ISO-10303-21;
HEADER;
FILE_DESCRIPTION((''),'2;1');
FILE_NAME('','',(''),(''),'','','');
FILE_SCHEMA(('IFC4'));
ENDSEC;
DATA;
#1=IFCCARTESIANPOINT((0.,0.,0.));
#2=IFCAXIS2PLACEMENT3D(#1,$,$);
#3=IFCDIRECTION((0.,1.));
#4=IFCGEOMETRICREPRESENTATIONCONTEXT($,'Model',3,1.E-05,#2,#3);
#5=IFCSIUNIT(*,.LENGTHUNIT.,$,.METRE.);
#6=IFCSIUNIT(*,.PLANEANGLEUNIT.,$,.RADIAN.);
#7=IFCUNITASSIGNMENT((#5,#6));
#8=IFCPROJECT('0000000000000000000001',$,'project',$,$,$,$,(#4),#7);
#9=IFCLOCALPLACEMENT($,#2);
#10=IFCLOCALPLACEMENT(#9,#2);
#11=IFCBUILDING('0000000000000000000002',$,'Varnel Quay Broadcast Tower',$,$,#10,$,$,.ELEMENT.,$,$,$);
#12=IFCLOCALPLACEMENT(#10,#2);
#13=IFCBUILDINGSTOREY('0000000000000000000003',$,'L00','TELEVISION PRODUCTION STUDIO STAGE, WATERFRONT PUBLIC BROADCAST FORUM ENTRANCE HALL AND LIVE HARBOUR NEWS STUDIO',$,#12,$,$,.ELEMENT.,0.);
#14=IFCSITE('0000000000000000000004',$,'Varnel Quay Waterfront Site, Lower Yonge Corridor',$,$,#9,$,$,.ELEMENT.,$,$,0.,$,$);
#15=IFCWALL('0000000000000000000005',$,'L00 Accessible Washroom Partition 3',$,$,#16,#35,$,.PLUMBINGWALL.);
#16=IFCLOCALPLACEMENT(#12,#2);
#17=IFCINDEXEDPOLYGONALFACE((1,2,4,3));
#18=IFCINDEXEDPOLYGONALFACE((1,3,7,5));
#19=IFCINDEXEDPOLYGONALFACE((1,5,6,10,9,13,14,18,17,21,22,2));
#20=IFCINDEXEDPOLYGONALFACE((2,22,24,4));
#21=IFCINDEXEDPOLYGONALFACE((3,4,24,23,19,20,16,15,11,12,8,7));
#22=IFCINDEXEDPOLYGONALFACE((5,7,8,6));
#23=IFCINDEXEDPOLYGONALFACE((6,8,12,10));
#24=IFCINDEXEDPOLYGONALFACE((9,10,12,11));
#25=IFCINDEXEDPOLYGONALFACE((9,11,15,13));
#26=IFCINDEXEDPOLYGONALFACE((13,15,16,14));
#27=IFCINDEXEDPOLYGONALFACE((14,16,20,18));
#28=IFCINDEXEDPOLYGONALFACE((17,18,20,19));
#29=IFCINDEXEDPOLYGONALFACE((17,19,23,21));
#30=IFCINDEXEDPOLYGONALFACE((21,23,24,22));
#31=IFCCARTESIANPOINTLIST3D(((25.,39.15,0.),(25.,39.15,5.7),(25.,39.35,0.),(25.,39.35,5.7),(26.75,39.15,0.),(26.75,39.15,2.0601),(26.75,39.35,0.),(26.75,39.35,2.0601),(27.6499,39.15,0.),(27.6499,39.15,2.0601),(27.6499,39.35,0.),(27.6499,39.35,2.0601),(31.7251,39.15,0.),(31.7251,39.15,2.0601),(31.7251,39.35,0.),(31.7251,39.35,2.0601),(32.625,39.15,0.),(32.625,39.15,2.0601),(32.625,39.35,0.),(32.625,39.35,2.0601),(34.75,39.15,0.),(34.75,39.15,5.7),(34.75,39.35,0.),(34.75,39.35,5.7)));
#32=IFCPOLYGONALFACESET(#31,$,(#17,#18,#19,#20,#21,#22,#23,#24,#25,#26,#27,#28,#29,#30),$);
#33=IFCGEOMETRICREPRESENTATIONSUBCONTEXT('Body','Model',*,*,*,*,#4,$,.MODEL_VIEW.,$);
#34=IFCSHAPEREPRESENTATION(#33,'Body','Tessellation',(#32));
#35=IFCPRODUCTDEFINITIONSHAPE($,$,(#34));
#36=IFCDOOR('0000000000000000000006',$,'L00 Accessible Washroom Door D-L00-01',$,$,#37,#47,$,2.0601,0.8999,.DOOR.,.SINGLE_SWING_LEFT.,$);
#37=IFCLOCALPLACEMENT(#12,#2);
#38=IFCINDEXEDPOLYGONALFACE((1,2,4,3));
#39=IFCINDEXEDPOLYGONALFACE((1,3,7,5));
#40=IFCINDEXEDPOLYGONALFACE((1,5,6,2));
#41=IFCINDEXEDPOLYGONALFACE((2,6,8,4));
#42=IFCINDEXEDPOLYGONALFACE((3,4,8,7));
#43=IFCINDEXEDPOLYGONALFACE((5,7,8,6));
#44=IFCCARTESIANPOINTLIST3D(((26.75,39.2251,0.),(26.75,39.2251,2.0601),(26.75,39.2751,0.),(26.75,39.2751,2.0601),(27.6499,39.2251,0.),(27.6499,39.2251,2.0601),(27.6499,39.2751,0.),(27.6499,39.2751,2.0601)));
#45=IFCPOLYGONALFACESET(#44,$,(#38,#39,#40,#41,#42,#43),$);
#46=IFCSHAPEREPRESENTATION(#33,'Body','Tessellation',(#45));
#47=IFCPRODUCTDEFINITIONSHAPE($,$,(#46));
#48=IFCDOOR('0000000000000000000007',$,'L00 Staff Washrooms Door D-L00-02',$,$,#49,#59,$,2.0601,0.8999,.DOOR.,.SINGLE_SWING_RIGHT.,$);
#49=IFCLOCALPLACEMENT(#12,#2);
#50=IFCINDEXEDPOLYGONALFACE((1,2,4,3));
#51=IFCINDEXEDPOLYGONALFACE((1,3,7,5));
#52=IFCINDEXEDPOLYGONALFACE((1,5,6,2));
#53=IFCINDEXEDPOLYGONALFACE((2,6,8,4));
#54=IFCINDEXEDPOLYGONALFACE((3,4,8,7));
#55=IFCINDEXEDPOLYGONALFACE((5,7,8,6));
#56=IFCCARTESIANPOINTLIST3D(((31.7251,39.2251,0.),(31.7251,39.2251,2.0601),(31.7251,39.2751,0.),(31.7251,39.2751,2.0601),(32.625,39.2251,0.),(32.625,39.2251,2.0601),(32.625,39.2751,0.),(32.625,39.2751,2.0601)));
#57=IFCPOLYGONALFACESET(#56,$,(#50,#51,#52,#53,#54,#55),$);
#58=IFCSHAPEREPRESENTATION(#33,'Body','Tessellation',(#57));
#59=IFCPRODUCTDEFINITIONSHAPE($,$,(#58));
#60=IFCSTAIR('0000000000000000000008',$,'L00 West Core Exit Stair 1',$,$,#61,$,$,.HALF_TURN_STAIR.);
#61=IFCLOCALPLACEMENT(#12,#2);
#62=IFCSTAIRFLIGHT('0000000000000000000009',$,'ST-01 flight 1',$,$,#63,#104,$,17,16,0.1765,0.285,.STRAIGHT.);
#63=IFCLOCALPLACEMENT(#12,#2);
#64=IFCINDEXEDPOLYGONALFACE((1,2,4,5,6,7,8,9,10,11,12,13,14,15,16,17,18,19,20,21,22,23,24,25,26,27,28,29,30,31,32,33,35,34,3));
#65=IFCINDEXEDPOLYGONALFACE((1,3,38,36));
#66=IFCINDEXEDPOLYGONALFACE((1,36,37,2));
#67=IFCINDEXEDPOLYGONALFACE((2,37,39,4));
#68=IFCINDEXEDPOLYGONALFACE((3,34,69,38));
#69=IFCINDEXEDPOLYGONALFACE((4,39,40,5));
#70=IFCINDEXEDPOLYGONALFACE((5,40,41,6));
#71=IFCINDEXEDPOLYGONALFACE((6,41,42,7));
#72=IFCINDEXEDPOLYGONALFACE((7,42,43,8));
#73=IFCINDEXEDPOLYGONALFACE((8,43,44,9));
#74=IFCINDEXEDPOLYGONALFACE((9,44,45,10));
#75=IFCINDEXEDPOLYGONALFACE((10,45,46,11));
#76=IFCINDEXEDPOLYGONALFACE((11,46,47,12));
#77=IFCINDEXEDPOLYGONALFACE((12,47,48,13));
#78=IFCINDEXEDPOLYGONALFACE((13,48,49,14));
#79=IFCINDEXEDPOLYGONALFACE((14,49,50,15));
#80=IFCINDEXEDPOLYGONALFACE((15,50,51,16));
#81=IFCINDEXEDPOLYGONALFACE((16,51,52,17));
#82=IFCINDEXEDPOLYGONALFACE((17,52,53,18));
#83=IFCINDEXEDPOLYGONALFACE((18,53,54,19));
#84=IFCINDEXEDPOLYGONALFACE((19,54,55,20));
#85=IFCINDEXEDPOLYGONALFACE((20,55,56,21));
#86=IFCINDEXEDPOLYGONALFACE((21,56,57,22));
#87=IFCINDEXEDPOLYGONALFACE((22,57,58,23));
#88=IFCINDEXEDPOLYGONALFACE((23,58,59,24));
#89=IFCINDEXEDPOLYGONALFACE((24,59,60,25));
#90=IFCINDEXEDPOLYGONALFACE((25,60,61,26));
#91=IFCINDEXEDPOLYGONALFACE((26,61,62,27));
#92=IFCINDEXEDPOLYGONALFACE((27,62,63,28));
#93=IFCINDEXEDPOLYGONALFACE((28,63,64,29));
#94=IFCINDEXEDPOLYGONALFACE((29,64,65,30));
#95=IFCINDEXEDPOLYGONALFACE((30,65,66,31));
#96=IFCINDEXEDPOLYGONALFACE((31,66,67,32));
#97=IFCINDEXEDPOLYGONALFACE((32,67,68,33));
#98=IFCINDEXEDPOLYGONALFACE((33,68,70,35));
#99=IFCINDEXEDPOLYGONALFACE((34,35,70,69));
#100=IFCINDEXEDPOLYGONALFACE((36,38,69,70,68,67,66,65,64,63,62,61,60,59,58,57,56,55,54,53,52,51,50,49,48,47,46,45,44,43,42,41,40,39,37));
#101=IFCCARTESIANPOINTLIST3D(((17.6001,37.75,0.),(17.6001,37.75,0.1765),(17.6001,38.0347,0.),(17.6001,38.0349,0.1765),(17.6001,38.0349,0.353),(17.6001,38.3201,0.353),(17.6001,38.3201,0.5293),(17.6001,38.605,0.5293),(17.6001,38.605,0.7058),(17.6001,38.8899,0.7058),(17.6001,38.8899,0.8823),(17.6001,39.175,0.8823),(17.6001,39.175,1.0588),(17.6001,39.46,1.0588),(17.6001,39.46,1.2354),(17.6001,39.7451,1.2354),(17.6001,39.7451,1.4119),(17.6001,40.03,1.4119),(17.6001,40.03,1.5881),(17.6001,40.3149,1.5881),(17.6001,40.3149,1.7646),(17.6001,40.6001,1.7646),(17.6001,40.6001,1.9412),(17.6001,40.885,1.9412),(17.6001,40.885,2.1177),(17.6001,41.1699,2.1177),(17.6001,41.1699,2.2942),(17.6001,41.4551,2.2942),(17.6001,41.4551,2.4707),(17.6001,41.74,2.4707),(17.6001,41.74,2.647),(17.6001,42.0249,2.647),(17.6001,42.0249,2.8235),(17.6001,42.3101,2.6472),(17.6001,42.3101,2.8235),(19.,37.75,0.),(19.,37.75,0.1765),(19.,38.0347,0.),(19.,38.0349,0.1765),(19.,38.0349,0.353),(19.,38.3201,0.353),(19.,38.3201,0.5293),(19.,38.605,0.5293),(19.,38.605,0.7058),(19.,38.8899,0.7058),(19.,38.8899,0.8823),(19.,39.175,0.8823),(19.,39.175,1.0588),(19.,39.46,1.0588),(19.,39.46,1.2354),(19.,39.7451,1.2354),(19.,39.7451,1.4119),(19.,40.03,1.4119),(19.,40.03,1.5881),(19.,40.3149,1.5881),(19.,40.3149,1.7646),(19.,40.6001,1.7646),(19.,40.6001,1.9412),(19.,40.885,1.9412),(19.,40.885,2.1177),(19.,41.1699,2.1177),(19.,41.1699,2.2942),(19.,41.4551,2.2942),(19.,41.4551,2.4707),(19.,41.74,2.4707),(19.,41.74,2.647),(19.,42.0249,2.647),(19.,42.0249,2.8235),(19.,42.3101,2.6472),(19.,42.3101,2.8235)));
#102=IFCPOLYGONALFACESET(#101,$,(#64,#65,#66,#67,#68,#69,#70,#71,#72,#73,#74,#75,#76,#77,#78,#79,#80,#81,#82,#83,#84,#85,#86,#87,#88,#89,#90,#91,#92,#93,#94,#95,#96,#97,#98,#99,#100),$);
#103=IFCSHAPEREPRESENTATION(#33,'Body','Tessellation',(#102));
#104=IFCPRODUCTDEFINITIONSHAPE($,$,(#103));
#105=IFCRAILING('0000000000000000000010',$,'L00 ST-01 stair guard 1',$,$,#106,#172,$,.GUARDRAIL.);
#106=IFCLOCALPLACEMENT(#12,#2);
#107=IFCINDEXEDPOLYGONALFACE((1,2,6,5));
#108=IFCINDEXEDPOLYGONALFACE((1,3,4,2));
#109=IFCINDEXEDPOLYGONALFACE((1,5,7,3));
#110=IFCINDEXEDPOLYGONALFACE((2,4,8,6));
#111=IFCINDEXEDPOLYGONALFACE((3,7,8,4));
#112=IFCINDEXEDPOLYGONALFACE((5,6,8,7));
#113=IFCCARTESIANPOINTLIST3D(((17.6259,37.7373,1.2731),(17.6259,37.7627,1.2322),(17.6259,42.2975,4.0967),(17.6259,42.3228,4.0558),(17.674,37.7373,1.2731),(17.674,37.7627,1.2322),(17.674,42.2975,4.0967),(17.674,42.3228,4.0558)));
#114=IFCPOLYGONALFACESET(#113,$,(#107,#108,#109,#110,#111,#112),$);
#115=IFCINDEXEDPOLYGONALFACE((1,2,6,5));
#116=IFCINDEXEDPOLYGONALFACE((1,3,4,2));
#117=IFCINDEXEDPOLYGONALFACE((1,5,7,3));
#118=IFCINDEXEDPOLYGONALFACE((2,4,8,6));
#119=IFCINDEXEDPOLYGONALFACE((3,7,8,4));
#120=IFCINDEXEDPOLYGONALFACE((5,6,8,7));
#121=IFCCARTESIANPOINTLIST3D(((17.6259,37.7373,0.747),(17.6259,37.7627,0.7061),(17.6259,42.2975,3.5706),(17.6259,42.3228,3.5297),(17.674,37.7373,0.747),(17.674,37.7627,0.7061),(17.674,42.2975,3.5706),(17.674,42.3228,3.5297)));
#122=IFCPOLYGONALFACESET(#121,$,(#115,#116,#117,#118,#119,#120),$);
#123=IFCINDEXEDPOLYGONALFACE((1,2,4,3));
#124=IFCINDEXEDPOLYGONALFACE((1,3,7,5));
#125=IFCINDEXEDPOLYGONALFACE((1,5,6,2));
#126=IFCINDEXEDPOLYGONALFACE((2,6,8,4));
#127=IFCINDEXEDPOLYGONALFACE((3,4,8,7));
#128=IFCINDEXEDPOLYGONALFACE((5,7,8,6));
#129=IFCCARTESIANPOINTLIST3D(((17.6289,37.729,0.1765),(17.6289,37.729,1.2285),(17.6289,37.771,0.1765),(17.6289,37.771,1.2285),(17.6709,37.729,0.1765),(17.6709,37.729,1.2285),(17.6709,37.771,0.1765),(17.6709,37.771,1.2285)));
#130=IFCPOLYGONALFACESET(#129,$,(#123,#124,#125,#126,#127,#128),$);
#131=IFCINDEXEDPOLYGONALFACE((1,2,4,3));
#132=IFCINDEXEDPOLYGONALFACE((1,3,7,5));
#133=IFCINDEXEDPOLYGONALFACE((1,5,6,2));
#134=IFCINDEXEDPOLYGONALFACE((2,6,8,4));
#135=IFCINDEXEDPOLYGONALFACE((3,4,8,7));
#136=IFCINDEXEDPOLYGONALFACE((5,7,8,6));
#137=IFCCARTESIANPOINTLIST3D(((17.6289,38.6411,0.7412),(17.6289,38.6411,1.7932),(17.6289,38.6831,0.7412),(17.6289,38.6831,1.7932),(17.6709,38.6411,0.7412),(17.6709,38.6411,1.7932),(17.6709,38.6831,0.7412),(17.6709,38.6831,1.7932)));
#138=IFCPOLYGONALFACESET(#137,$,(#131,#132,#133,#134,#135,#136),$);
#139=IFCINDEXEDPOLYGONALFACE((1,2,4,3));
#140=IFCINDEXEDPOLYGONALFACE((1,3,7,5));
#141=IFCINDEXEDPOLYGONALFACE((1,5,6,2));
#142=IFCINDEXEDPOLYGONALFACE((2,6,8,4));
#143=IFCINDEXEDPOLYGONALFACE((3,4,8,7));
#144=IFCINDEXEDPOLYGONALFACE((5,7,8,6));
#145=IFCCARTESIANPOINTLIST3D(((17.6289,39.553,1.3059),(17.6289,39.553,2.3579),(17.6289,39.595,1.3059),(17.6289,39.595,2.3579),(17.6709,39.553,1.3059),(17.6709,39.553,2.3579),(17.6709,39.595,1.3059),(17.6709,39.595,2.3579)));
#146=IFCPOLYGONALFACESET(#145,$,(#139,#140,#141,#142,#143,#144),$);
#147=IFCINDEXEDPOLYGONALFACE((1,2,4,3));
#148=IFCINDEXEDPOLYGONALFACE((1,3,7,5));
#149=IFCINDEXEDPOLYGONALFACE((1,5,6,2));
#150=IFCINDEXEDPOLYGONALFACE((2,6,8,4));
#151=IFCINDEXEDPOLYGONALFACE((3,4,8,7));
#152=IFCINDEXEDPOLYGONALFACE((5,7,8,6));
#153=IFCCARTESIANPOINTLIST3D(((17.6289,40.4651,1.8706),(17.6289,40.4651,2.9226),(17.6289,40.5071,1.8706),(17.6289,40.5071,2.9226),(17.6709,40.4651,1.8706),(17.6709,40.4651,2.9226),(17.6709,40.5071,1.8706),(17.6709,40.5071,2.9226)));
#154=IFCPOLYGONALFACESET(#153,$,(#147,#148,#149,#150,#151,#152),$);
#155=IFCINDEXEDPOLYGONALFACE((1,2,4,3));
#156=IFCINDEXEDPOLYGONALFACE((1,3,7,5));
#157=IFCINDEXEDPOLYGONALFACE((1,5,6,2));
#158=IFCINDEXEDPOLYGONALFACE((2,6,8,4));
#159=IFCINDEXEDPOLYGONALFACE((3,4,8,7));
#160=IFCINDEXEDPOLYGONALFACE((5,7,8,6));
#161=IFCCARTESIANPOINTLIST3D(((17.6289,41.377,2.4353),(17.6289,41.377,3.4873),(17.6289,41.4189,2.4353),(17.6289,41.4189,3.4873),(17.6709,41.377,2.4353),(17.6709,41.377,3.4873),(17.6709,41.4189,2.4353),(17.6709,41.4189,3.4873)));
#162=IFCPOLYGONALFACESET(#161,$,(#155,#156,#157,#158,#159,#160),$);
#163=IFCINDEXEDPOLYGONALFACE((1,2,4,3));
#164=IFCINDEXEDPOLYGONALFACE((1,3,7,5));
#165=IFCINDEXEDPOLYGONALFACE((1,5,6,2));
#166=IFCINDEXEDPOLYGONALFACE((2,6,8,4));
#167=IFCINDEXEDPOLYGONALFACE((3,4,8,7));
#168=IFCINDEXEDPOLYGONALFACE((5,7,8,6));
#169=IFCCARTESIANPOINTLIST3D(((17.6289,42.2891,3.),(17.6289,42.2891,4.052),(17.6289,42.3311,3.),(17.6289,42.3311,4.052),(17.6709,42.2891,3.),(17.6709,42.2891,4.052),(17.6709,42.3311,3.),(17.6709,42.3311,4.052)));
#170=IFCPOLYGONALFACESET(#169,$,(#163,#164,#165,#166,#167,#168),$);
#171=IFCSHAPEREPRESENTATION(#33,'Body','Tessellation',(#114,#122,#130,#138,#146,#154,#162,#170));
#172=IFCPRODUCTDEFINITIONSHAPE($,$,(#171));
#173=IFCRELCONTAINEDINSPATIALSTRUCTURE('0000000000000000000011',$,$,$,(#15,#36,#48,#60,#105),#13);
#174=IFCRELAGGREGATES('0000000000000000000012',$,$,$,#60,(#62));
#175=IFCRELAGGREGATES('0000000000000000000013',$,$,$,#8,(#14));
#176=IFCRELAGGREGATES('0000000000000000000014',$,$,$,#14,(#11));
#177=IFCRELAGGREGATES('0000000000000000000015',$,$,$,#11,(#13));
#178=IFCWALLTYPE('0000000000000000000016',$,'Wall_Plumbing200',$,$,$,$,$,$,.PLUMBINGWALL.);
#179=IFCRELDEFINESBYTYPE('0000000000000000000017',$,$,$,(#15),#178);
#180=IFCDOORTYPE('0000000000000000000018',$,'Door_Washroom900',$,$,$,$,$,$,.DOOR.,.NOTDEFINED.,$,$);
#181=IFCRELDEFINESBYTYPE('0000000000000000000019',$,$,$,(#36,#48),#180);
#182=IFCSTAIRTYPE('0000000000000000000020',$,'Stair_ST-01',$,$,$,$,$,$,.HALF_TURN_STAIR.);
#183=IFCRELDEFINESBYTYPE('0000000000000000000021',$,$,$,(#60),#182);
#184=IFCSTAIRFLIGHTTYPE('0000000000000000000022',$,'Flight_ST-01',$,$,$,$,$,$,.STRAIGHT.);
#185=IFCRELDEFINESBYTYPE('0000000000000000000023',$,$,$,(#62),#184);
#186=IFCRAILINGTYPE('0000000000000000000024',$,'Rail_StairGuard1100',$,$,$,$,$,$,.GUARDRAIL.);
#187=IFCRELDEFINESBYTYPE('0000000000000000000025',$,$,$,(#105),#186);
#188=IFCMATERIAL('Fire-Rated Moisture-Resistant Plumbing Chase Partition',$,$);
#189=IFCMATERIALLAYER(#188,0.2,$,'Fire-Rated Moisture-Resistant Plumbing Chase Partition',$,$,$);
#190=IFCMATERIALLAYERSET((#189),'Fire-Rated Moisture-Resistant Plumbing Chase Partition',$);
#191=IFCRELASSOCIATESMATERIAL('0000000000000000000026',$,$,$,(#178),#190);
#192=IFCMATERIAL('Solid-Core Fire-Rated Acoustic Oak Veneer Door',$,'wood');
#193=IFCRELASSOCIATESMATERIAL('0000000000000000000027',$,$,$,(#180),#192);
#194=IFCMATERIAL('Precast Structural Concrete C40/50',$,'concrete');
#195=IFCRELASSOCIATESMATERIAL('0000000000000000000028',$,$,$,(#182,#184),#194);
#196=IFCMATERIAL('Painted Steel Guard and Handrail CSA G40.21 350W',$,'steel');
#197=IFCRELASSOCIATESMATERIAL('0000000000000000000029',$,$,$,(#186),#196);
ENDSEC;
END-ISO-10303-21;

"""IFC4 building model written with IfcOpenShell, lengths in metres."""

from ifc_helpers import new_model, si_unit, direction, frame, frame_2d, origin, origin_2d, place, context, subcontext, project, spatial, polyline, rectangle, outline, extrude, source, transform, mapped, material, layer, layer_set, type_object, type_shapes, element, fill, aggregate, save


model = new_model("IFC4")

# Units and contexts
model_context = context("Model", 3, precision=1e-05, world=origin(), true_north=direction((0.0, 1.0)))
body_context = subcontext(model_context, "Body", "Model", "MODEL_VIEW")
ifc_project = project(units=[si_unit("LENGTHUNIT", "METRE"), si_unit("PLANEANGLEUNIT", "RADIAN")], contexts=[model_context])

# Site, building, storey
site_placement = place(None, origin())
site = spatial("IfcSite", under=ifc_project, at=site_placement, Name="Varnel Quay Waterfront Site, Lower Yonge Corridor", CompositionType="ELEMENT", RefElevation=0.0)
building_placement = place(site_placement, origin())
building = spatial("IfcBuilding", under=site, at=building_placement, Name="Varnel Quay Broadcast Tower", CompositionType="ELEMENT")
storey_placement = place(building_placement, origin())
storey = spatial("IfcBuildingStorey", under=building, at=storey_placement, Name="L00", Description="TELEVISION PRODUCTION STUDIO STAGE, WATERFRONT PUBLIC BROADCAST FORUM ENTRANCE HALL AND LIVE HARBOUR NEWS STUDIO", CompositionType="ELEMENT", Elevation=0.0)

# Shared definitions
ifc_material_1 = material(Name="Fire-Rated Moisture-Resistant Plumbing Chase Partition")
ifc_layer_1 = layer(ifc_material_1, 0.2, Name="Fire-Rated Moisture-Resistant Plumbing Chase Partition")
ifc_layer_set_1 = layer_set([ifc_layer_1], Name="Fire-Rated Moisture-Resistant Plumbing Chase Partition")
wall_type_1 = type_object("IfcWallType", Name="Wall_Plumbing200", PredefinedType="PLUMBINGWALL", material=ifc_layer_set_1)

# Wall, openings, doors
wall_1_placement = place(storey_placement, frame((25.0, 39.25, 0.0), z_axis=(0.0, 0.0, 1.0), x_axis=(1.0, 0.0, 0.0)))
wall_1 = element("IfcWall", 1, at=wall_1_placement, inside=storey, type_object=wall_type_1, Name="L00 Accessible Washroom Partition 3", PredefinedType="PLUMBINGWALL", context=body_context, shape_type="SweptSolid", body=[
    extrude(rectangle(XDim=9.75, YDim=0.2, at=frame_2d((4.875, 0.0))), origin(), (0.0, 0.0, 1.0), 5.7),
])
opening_1_placement = place(wall_1_placement, frame((1.75, 0.0, 0.0)))
opening_1 = element("IfcOpeningElement", 2, at=opening_1_placement, cuts=wall_1, PredefinedType="OPENING", context=body_context, shape_type="SweptSolid", body=[
    extrude(rectangle(XDim=0.8999, YDim=2.0601, at=frame_2d((0.45, 1.03))), frame((0.0, 0.1099, 0.0), z_axis=(0.0, -1.0, 0.0), x_axis=(1.0, 0.0, 0.0)), (0.0, 0.0, 1.0), 0.22),
])
opening_2_placement = place(wall_1_placement, frame((6.7251, 0.0, 0.0)))
opening_2 = element("IfcOpeningElement", 3, at=opening_2_placement, cuts=wall_1, PredefinedType="OPENING", context=body_context, shape_type="SweptSolid", body=[
    extrude(rectangle(XDim=0.8999, YDim=2.0601, at=frame_2d((0.45, 1.03))), frame((0.0, 0.1099, 0.0), z_axis=(0.0, -1.0, 0.0), x_axis=(1.0, 0.0, 0.0)), (0.0, 0.0, 1.0), 0.22),
])
ifc_material_2 = material(Name="Solid-Core Fire-Rated Acoustic Oak Veneer Door", Category="wood")
door_type_1 = type_object("IfcDoorType", Name="Door_Washroom900", OperationType="NOTDEFINED", PredefinedType="DOOR", material=ifc_material_2)
shared_shape_1 = source(origin(), body_context, "Body", "SweptSolid", [
    extrude(rectangle(XDim=0.8999, YDim=2.0601, at=frame_2d((0.45, 1.03))), frame((0.0, 0.0249, 0.0), z_axis=(0.0, -1.0, 0.0), x_axis=(1.0, 0.0, 0.0)), (0.0, 0.0, 1.0), 0.05),
])
type_shapes(door_type_1, [shared_shape_1])
door_1_placement = place(opening_1_placement, frame((0.8999, 0.0, 0.0), z_axis=(0.0, 0.0, 1.0), x_axis=(-1.0, 0.0, 0.0)))
door_1 = element("IfcDoor", 4, at=door_1_placement, inside=storey, type_object=door_type_1, Name="L00 Accessible Washroom Door D-L00-01", OperationType="SINGLE_SWING_LEFT", OverallHeight=2.0601, OverallWidth=0.8999, PredefinedType="DOOR", context=body_context, shape_type="MappedRepresentation", body=[
    mapped(shared_shape_1, transform((0.0, 0.0, 0.0), x_axis=(1.0, 0.0, 0.0), y_axis=(0.0, 1.0, 0.0), z_axis=(0.0, 0.0, 1.0), scale=1.0)),
])
fill(opening_1, door_1)
door_2_placement = place(opening_2_placement, frame((0.8999, 0.0, 0.0), z_axis=(0.0, 0.0, 1.0), x_axis=(-1.0, 0.0, 0.0)))
door_2 = element("IfcDoor", 5, at=door_2_placement, inside=storey, type_object=door_type_1, Name="L00 Staff Washrooms Door D-L00-02", OperationType="SINGLE_SWING_RIGHT", OverallHeight=2.0601, OverallWidth=0.8999, PredefinedType="DOOR", context=body_context, shape_type="MappedRepresentation", body=[
    mapped(shared_shape_1, transform((0.0, 0.0, 0.0), x_axis=(1.0, 0.0, 0.0), y_axis=(0.0, 1.0, 0.0), z_axis=(0.0, 0.0, 1.0), scale=1.0)),
])
fill(opening_2, door_2)

# Stair, stair flight
ifc_material_3 = material(Name="Precast Structural Concrete C40/50", Category="concrete")
stair_type = type_object("IfcStairType", Name="Stair_ST-01", PredefinedType="HALF_TURN_STAIR", material=ifc_material_3)
stair_placement = place(storey_placement, origin())
stair = element("IfcStair", 6, at=stair_placement, inside=storey, type_object=stair_type, Name="L00 West Core Exit Stair 1", PredefinedType="HALF_TURN_STAIR")
stair_flight_type = type_object("IfcStairFlightType", Name="Flight_ST-01", PredefinedType="STRAIGHT", material=ifc_material_3)
stair_flight_placement = place(storey_placement, frame((18.3, 37.75, 0.0), z_axis=(0.0, 0.0, 1.0), x_axis=(0.0, 1.0, 0.0)))
stair_flight = element("IfcStairFlight", 7, at=stair_flight_placement, type_object=stair_flight_type, Name="ST-01 flight 1", NumberOfRisers=17, NumberOfTreads=16, PredefinedType="STRAIGHT", RiserHeight=0.1765, TreadLength=0.285, context=body_context, shape_type="SweptSolid", body=[
    extrude(outline(polyline([(0.0, 0.0), (0.0, 0.1765), (0.2849, 0.1765), (0.2849, 0.353), (0.5701, 0.353), (0.5701, 0.5293), (0.855, 0.5293), (0.855, 0.7058), (1.1399, 0.7058), (1.1399, 0.8823), (1.425, 0.8823), (1.425, 1.0588), (1.71, 1.0588), (1.71, 1.2354), (1.9951, 1.2354), (1.9951, 1.4119), (2.28, 1.4119), (2.28, 1.5881), (2.5649, 1.5881), (2.5649, 1.7646), (2.8501, 1.7646), (2.8501, 1.9412), (3.135, 1.9412), (3.135, 2.1177), (3.4199, 2.1177), (3.4199, 2.2942), (3.7051, 2.2942), (3.7051, 2.4707), (3.99, 2.4707), (3.99, 2.647), (4.2749, 2.647), (4.2749, 2.8235), (4.5601, 2.8235), (4.5601, 3.0), (4.5601, 2.6472), (0.2847, 0.0), (0.0, 0.0)])), frame((0.0, 0.7, 0.0), z_axis=(0.0, -1.0, 0.0), x_axis=(1.0, 0.0, 0.0)), (0.0, 0.0, 1.0), 1.3999),
])
aggregate(stair, [stair_flight])

# Railing
ifc_material_4 = material(Name="Painted Steel Guard and Handrail CSA G40.21 350W", Category="steel")
railing_type_1 = type_object("IfcRailingType", Name="Rail_StairGuard1100", PredefinedType="GUARDRAIL", material=ifc_material_4)
railing_1_placement = place(storey_placement, frame((17.6499, 37.75, 0.1765)))
element("IfcRailing", 8, at=railing_1_placement, inside=storey, type_object=railing_type_1, Name="L00 ST-01 stair guard 1", PredefinedType="GUARDRAIL", context=body_context, shape_type="SweptSolid", body=[
    extrude(rectangle(XDim=0.0481, YDim=0.0481, at=origin_2d()), frame((0.0, 0.0, 1.0762), z_axis=(0.0, 0.850216, 0.526435), x_axis=(-1.0, 0.0, 0.0)), (0.0, 0.0, 1.0), 5.3635),
    extrude(rectangle(XDim=0.0481, YDim=0.0481, at=origin_2d()), frame((0.0, 0.0, 0.55), z_axis=(0.0, 0.850216, 0.526435), x_axis=(-1.0, 0.0, 0.0)), (0.0, 0.0, 1.0), 5.3635),
    extrude(rectangle(XDim=0.042, YDim=0.042, at=origin_2d()), origin(), (0.0, 0.0, 1.0), 1.052),
    extrude(rectangle(XDim=0.042, YDim=0.042, at=origin_2d()), frame((0.0, 0.9121, 0.5647)), (0.0, 0.0, 1.0), 1.052),
    extrude(rectangle(XDim=0.042, YDim=0.042, at=origin_2d()), frame((0.0, 1.824, 1.1294)), (0.0, 0.0, 1.0), 1.052),
    extrude(rectangle(XDim=0.042, YDim=0.042, at=origin_2d()), frame((0.0, 2.7361, 1.6941)), (0.0, 0.0, 1.0), 1.052),
    extrude(rectangle(XDim=0.042, YDim=0.042, at=origin_2d()), frame((0.0, 3.6479, 2.2588)), (0.0, 0.0, 1.0), 1.052),
    extrude(rectangle(XDim=0.042, YDim=0.042, at=origin_2d()), frame((0.0, 4.5601, 2.8235)), (0.0, 0.0, 1.0), 1.052),
])

save(model, "model.ifc")
